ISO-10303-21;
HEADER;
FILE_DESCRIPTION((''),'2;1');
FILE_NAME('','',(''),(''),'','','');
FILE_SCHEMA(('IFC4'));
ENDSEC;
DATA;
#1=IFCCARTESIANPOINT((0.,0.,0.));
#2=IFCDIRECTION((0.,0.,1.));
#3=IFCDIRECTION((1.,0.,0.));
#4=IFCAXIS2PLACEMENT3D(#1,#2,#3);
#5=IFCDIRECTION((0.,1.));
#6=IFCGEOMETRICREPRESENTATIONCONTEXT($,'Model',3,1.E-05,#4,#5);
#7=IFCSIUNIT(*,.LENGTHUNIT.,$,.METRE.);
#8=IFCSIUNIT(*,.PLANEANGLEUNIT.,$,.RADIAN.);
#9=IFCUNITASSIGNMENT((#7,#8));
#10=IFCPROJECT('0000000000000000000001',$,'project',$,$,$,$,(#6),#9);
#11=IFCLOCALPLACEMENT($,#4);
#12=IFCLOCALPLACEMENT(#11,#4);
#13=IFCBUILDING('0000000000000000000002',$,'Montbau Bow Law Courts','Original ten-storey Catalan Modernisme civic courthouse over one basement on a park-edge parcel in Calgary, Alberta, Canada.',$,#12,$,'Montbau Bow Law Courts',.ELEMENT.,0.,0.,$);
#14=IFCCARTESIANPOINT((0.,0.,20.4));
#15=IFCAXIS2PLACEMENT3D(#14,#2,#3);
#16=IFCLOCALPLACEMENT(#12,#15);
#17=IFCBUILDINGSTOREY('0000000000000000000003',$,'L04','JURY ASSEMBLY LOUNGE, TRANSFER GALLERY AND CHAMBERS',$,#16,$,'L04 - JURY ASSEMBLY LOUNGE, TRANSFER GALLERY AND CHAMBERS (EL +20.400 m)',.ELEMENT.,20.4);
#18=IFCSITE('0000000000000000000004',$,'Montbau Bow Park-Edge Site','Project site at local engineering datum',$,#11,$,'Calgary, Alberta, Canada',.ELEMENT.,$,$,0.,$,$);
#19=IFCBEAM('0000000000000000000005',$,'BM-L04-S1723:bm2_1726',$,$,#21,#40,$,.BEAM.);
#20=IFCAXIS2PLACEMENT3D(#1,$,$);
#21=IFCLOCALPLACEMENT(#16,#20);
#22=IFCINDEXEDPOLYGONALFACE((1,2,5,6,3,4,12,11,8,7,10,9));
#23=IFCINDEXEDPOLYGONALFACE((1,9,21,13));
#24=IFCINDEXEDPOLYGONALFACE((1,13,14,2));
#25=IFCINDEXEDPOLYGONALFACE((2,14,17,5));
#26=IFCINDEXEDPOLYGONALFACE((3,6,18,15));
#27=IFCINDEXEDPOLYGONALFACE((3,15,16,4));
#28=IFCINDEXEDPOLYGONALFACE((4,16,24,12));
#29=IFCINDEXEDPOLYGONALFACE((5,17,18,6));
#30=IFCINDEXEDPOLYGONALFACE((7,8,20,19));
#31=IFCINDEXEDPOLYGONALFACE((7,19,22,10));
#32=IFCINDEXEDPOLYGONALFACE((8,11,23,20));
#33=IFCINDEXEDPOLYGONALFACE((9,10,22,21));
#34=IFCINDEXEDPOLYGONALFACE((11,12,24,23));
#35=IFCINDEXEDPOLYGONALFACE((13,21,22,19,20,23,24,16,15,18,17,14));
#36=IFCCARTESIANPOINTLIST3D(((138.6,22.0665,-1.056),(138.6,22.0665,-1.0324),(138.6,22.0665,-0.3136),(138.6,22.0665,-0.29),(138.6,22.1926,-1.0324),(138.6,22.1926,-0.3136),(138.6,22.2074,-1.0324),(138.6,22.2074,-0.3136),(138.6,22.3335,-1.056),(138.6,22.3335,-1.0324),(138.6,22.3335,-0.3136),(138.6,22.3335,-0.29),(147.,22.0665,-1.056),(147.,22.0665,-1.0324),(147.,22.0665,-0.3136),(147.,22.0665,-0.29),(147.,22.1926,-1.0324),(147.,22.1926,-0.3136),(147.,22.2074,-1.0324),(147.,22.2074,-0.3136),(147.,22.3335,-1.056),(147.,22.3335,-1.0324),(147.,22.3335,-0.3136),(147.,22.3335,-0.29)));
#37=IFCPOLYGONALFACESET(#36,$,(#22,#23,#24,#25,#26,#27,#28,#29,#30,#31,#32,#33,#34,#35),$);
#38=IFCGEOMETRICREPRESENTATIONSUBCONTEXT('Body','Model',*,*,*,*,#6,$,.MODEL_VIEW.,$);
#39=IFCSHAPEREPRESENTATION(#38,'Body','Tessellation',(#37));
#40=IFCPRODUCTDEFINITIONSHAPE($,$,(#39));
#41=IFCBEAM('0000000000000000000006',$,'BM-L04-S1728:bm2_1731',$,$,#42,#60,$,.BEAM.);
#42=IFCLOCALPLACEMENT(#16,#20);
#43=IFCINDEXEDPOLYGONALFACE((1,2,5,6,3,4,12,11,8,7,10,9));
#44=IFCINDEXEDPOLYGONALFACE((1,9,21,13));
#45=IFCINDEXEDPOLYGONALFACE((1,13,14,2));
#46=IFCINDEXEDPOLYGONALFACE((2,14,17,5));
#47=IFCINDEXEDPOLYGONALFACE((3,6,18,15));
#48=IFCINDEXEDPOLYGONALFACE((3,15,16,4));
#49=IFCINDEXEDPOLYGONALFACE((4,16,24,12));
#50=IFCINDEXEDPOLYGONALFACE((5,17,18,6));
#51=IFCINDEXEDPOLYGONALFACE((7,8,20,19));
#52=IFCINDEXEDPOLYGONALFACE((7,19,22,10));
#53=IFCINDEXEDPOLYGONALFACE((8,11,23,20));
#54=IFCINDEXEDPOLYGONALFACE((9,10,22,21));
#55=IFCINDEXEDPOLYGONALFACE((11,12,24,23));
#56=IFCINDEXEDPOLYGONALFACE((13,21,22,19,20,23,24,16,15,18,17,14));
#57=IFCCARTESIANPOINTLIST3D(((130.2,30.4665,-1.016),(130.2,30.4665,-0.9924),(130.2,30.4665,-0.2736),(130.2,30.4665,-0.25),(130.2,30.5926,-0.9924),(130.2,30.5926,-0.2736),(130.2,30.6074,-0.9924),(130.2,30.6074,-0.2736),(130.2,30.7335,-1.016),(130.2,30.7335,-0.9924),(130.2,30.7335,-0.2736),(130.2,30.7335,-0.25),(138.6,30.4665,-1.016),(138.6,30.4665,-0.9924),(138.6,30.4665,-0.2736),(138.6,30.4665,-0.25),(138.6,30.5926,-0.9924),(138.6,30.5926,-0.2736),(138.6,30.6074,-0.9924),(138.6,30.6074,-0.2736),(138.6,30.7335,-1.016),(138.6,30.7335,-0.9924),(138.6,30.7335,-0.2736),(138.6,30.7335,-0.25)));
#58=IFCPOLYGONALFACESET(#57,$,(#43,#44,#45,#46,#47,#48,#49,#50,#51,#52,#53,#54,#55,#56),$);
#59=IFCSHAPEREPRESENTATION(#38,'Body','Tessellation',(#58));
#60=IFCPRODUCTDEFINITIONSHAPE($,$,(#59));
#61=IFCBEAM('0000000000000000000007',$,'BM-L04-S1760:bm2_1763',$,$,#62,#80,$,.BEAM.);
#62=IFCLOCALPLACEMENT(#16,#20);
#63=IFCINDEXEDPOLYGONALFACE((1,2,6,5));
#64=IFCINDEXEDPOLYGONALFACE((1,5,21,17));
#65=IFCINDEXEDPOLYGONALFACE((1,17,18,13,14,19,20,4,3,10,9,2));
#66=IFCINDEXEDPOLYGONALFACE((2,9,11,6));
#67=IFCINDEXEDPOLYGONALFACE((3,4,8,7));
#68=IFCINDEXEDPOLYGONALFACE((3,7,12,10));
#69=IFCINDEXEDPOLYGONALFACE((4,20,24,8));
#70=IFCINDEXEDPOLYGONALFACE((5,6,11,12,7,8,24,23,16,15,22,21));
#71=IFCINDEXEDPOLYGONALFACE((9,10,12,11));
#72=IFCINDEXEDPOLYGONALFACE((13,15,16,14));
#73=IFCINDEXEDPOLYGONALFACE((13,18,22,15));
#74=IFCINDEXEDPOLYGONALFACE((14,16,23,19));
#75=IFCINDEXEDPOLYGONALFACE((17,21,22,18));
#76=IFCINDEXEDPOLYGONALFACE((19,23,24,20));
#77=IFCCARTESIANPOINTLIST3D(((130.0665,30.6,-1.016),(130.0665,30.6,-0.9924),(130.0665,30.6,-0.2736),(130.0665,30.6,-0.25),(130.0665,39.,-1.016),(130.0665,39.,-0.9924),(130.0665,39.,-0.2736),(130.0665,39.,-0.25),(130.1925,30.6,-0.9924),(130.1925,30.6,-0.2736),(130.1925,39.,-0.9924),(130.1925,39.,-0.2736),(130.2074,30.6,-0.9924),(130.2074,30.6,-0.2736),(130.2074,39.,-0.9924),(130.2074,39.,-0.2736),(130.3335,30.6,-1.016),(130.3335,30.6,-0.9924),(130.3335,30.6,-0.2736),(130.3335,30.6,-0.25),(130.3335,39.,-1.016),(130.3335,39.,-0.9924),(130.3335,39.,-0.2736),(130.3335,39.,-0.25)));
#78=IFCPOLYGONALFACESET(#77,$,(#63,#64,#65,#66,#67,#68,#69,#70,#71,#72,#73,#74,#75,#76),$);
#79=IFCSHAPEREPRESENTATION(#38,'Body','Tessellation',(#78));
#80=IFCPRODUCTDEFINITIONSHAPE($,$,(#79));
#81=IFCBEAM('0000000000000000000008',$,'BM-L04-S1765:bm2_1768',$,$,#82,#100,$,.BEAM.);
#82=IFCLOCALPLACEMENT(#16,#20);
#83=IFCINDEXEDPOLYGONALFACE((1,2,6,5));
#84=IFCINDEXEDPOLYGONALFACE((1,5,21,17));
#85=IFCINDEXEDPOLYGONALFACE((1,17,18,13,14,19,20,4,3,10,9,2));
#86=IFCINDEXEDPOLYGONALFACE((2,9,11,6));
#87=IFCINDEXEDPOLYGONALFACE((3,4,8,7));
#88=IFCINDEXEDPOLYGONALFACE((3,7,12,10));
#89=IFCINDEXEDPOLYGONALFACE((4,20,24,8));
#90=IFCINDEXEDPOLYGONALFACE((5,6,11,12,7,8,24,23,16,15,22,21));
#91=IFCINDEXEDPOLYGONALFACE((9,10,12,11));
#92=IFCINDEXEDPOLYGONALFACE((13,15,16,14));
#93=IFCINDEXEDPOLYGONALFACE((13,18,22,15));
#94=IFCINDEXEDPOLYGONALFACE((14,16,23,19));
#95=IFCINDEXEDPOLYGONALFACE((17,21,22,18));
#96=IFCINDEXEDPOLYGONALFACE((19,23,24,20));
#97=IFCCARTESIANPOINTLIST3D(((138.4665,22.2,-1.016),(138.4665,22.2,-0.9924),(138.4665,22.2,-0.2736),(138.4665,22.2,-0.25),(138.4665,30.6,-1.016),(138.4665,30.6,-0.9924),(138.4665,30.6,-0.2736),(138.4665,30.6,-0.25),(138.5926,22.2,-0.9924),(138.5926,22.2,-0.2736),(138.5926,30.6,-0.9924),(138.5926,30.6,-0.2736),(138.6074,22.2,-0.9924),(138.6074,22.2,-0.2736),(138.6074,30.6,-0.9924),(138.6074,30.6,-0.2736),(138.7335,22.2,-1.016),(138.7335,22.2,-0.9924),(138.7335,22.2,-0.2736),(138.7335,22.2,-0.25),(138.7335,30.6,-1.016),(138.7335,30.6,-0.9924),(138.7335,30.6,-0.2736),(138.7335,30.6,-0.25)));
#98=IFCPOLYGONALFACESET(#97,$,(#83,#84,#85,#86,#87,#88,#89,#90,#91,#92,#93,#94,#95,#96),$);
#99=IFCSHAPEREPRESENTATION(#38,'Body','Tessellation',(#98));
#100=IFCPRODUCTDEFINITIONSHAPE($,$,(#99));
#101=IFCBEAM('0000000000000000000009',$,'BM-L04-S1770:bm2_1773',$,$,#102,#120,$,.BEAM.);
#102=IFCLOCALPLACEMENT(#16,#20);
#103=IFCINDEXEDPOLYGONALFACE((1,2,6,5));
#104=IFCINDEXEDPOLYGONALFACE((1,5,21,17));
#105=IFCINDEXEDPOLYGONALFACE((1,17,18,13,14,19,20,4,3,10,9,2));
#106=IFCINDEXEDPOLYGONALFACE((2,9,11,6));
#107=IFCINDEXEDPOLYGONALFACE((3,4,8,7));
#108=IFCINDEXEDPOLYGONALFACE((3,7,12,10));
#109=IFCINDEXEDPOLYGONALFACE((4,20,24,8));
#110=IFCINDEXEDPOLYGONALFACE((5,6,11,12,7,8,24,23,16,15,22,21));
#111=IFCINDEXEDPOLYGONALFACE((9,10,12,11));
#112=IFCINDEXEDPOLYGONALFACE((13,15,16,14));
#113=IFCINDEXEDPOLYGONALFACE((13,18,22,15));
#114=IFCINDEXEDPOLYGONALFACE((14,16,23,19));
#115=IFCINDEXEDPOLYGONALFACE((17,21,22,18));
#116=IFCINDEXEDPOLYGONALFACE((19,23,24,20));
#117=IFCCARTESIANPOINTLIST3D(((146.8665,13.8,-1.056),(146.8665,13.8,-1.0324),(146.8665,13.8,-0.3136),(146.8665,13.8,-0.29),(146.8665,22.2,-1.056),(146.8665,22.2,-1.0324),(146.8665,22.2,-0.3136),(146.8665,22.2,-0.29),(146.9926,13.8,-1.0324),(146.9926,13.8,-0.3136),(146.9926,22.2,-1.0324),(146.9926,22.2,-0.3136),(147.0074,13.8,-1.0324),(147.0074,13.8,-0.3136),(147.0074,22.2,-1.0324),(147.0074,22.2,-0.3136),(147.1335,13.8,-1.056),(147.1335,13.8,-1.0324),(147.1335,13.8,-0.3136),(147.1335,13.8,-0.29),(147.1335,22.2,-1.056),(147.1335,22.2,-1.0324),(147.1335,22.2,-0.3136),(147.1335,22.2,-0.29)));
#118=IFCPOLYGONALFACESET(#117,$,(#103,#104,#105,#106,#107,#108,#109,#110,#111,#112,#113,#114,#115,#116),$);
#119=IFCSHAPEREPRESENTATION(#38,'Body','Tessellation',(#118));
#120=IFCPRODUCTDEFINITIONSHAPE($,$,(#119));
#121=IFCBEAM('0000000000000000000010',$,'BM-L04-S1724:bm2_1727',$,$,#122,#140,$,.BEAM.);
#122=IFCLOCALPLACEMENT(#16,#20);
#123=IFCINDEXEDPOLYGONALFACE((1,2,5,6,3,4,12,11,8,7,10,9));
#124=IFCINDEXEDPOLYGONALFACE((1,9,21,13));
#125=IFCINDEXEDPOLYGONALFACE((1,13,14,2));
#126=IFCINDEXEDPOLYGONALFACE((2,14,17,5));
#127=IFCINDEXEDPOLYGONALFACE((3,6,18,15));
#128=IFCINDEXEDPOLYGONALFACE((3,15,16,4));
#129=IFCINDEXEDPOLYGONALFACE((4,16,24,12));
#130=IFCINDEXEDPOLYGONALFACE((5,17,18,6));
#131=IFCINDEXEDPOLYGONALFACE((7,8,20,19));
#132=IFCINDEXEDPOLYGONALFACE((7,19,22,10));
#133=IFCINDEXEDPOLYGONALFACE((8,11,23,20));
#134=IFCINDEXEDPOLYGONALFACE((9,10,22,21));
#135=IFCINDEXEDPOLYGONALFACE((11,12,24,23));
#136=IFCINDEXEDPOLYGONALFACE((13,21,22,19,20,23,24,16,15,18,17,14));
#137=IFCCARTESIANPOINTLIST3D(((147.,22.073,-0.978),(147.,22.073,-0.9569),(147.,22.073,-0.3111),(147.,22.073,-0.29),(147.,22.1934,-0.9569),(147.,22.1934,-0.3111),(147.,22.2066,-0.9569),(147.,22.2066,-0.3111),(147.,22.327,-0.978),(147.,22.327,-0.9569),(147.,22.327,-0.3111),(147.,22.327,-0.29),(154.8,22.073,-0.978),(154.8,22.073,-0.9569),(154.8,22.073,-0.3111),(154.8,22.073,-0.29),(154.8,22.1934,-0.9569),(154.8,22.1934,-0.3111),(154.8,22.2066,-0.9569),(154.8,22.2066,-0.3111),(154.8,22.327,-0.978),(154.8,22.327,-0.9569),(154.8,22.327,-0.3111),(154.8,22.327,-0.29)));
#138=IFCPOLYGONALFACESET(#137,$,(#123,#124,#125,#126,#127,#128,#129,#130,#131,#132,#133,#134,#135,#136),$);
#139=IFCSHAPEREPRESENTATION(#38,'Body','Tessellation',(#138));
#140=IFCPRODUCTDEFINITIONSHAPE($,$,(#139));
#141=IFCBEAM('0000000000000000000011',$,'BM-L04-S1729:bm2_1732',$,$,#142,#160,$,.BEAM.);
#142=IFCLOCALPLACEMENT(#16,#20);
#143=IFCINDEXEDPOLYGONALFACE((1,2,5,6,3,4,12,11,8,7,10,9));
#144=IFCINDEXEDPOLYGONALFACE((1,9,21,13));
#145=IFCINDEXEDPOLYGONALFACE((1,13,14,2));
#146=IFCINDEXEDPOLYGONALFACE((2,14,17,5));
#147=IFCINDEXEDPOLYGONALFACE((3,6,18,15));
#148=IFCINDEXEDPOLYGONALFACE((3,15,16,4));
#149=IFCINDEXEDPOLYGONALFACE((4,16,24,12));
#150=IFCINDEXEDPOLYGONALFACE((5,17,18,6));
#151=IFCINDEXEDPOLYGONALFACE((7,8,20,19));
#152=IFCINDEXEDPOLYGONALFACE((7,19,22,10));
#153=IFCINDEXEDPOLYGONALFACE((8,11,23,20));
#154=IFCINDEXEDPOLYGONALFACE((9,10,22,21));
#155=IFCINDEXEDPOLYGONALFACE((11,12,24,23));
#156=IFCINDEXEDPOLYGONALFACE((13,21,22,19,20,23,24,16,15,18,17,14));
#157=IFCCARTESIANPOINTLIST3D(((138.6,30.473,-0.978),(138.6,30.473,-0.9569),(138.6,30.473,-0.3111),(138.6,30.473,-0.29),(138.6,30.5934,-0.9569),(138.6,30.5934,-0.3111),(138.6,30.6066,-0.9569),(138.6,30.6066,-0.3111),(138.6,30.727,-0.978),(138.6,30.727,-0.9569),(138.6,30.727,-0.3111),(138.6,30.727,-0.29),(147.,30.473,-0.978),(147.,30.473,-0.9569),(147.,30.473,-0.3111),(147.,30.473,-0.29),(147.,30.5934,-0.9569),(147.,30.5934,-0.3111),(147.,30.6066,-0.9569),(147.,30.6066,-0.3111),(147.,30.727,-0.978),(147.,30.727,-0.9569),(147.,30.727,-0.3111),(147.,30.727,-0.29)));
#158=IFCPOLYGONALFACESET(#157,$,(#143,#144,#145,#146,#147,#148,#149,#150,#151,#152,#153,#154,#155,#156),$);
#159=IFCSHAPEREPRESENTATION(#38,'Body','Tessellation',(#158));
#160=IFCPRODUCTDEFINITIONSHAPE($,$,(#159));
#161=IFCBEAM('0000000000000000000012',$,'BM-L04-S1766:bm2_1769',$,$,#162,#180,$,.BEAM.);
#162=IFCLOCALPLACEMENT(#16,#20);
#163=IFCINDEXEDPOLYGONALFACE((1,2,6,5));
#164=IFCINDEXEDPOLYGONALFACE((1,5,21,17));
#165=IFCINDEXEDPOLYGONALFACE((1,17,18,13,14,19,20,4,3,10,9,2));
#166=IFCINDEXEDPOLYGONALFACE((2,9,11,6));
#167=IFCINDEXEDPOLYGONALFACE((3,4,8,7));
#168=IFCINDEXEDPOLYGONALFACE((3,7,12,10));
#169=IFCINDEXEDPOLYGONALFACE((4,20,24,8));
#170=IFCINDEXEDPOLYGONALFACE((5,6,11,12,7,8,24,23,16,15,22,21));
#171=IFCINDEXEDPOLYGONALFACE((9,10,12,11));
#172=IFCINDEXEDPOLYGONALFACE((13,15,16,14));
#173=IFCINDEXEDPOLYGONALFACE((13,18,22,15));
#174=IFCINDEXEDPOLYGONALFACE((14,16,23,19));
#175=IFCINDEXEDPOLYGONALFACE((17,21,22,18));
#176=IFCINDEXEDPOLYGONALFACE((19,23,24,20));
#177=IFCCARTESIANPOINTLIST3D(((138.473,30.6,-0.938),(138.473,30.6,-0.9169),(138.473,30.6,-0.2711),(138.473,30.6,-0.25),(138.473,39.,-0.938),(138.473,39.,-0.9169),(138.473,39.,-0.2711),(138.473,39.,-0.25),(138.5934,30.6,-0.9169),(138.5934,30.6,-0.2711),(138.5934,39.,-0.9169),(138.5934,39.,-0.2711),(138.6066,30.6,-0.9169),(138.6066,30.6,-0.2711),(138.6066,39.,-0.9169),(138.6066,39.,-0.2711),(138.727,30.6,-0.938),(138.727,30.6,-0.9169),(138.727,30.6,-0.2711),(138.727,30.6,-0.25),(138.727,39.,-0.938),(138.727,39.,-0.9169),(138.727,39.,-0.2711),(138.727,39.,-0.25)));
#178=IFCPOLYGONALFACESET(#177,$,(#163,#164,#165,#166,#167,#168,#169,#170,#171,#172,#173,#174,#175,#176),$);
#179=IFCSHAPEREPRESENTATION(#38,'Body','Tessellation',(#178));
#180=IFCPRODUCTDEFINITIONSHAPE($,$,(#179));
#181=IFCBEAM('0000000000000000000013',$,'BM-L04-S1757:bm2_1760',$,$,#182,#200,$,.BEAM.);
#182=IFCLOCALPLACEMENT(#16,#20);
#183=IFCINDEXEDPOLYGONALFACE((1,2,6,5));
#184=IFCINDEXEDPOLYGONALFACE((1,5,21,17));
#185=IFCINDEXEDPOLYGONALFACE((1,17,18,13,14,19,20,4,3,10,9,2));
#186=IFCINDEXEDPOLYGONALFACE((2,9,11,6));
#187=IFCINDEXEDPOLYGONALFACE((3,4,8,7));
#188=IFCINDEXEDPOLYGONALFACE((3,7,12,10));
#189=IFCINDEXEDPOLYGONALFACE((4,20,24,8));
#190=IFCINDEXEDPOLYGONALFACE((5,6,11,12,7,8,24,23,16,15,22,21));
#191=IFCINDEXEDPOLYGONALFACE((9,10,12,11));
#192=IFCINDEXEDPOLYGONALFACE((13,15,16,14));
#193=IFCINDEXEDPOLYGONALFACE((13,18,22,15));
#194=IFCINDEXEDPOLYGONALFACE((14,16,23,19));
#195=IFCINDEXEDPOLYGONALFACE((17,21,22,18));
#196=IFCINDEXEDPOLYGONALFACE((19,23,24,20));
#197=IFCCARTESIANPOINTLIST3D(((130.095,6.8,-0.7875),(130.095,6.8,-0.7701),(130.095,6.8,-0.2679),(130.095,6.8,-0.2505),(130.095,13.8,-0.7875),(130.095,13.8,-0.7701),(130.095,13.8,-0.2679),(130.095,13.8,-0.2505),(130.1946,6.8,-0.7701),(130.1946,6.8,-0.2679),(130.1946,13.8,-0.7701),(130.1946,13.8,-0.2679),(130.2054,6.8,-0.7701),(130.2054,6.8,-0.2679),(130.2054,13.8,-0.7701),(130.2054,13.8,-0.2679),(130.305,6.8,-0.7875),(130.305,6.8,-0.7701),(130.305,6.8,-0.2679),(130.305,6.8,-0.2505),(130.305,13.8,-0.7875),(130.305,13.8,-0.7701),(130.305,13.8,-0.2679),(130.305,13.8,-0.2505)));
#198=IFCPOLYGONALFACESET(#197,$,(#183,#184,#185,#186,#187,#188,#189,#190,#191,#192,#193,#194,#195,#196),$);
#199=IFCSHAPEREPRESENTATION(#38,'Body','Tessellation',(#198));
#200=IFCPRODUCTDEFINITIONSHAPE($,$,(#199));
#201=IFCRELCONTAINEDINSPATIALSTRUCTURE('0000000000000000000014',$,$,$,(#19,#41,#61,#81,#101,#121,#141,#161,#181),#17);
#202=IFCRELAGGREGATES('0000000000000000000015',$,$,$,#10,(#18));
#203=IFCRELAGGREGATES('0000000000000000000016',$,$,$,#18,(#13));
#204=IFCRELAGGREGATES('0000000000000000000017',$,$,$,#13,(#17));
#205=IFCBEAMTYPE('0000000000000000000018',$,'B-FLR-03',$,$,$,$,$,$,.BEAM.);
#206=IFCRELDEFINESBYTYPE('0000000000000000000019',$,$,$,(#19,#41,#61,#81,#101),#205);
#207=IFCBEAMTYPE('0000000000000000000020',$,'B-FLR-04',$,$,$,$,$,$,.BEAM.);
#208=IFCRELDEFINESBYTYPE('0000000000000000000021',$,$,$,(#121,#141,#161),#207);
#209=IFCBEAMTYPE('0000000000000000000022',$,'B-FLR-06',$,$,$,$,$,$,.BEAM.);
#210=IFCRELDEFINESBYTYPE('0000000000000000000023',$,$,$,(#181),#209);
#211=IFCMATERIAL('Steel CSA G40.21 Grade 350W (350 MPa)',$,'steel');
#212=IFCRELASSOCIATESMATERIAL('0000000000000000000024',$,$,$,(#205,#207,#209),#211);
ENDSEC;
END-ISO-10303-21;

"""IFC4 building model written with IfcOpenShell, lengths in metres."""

from ifc_helpers import new_model, si_unit, direction, frame, origin_with_axes, origin_2d_with_axis, place, context, subcontext, project, spatial, i_section, extrude, material, material_profile, profile_set, type_object, element, save


model = new_model("IFC4")

# Units and contexts
model_context = context("Model", 3, precision=1e-05, world=origin_with_axes(), true_north=direction((0.0, 1.0)))
body_context = subcontext(model_context, "Body", "Model", "MODEL_VIEW")
ifc_project = project(units=[si_unit("LENGTHUNIT", "METRE"), si_unit("PLANEANGLEUNIT", "RADIAN")], contexts=[model_context])

# Site, building, storey
site_placement = place(None, origin_with_axes())
site = spatial("IfcSite", under=ifc_project, at=site_placement, Name="Montbau Bow Park-Edge Site", Description="Project site at local engineering datum", LongName="Calgary, Alberta, Canada", CompositionType="ELEMENT", RefElevation=0.0)
building_placement = place(site_placement, origin_with_axes())
building = spatial("IfcBuilding", under=site, at=building_placement, Name="Montbau Bow Law Courts", Description="Original ten-storey Catalan Modernisme civic courthouse over one basement on a park-edge parcel in Calgary, Alberta, Canada.", LongName="Montbau Bow Law Courts", CompositionType="ELEMENT", ElevationOfRefHeight=0.0, ElevationOfTerrain=0.0)
storey_placement = place(building_placement, frame((0.0, 0.0, 20.4), z_axis=(0.0, 0.0, 1.0), x_axis=(1.0, 0.0, 0.0)))
storey = spatial("IfcBuildingStorey", under=building, at=storey_placement, Name="L04", Description="JURY ASSEMBLY LOUNGE, TRANSFER GALLERY AND CHAMBERS", LongName="L04 - JURY ASSEMBLY LOUNGE, TRANSFER GALLERY AND CHAMBERS (EL +20.400 m)", CompositionType="ELEMENT", Elevation=20.4)

# Beams
ifc_material_1 = material(Name="Steel CSA G40.21 Grade 350W (350 MPa)", Category="steel")
ifc_material_profile_1 = material_profile(ifc_material_1, i_section(OverallWidth=0.267, OverallDepth=0.766, WebThickness=0.0149, FlangeThickness=0.0236, at=origin_2d_with_axis()), Name="W760X185", Category="Main", Priority=0)
ifc_profile_set_1 = profile_set([ifc_material_profile_1], Name="Steel CSA G40.21 Grade 350W (350 MPa)")
beam_type_1 = type_object("IfcBeamType", Name="B-FLR-03", PredefinedType="BEAM", material=ifc_profile_set_1)
for number, where, z_axis, x_axis, name in (
    (1, (138.6, 22.2, 19.727), (1.0, 0.0, 0.0), (0.0, 1.0, 0.0), "BM-L04-S1723:bm2_1726"),
    (2, (130.2, 30.6, 19.767), (1.0, 0.0, 0.0), (0.0, 1.0, 0.0), "BM-L04-S1728:bm2_1731"),
    (3, (130.2, 30.6, 19.767), (0.0, 1.0, 0.0), (-1.0, 0.0, 0.0), "BM-L04-S1760:bm2_1763"),
    (4, (138.6, 22.2, 19.767), (0.0, 1.0, 0.0), (-1.0, 0.0, 0.0), "BM-L04-S1765:bm2_1768"),
    (5, (147.0, 13.8, 19.727), (0.0, 1.0, 0.0), (-1.0, 0.0, 0.0), "BM-L04-S1770:bm2_1773"),
):
    element("IfcBeam", number, at=place(None, frame(where, z_axis=z_axis, x_axis=x_axis)), inside=storey, type_object=beam_type_1, Name=name, PredefinedType="BEAM", context=body_context, shape_type="SweptSolid", body=[
        extrude(i_section(OverallWidth=0.267, OverallDepth=0.766, WebThickness=0.0149, FlangeThickness=0.0236, at=origin_2d_with_axis()), origin_with_axes(), (0.0, 0.0, 1.0), 8.4),
    ])
ifc_material_profile_2 = material_profile(ifc_material_1, i_section(OverallWidth=0.254, OverallDepth=0.688, WebThickness=0.0131, FlangeThickness=0.0211, at=origin_2d_with_axis()), Name="W690X152", Category="Main", Priority=0)
ifc_profile_set_2 = profile_set([ifc_material_profile_2], Name="Steel CSA G40.21 Grade 350W (350 MPa)")
beam_type_2 = type_object("IfcBeamType", Name="B-FLR-04", PredefinedType="BEAM", material=ifc_profile_set_2)
beam_1_placement = place(None, frame((147.0, 22.2, 19.766), z_axis=(1.0, 0.0, 0.0), x_axis=(0.0, 1.0, 0.0)))
element("IfcBeam", 6, at=beam_1_placement, inside=storey, type_object=beam_type_2, Name="BM-L04-S1724:bm2_1727", PredefinedType="BEAM", context=body_context, shape_type="SweptSolid", body=[
    extrude(i_section(OverallWidth=0.254, OverallDepth=0.688, WebThickness=0.0131, FlangeThickness=0.0211, at=origin_2d_with_axis()), origin_with_axes(), (0.0, 0.0, 1.0), 7.8),
])
for number, where, z_axis, x_axis, name in (
    (7, (138.6, 30.6, 19.766), (1.0, 0.0, 0.0), (0.0, 1.0, 0.0), "BM-L04-S1729:bm2_1732"),
    (8, (138.6, 30.6, 19.806), (0.0, 1.0, 0.0), (-1.0, 0.0, 0.0), "BM-L04-S1766:bm2_1769"),
):
    element("IfcBeam", number, at=place(None, frame(where, z_axis=z_axis, x_axis=x_axis)), inside=storey, type_object=beam_type_2, Name=name, PredefinedType="BEAM", context=body_context, shape_type="SweptSolid", body=[
        extrude(i_section(OverallWidth=0.254, OverallDepth=0.688, WebThickness=0.0131, FlangeThickness=0.0211, at=origin_2d_with_axis()), origin_with_axes(), (0.0, 0.0, 1.0), 8.4),
    ])
ifc_material_profile_3 = material_profile(ifc_material_1, i_section(OverallWidth=0.21, OverallDepth=0.537, WebThickness=0.0109, FlangeThickness=0.0174, at=origin_2d_with_axis()), Name="W530X101", Category="Main", Priority=0)
ifc_profile_set_3 = profile_set([ifc_material_profile_3], Name="Steel CSA G40.21 Grade 350W (350 MPa)")
beam_type_3 = type_object("IfcBeamType", Name="B-FLR-06", PredefinedType="BEAM", material=ifc_profile_set_3)
beam_2_placement = place(None, frame((130.2, 6.8, 19.881), z_axis=(0.0, 1.0, 0.0), x_axis=(-1.0, 0.0, 0.0)))
element("IfcBeam", 9, at=beam_2_placement, inside=storey, type_object=beam_type_3, Name="BM-L04-S1757:bm2_1760", PredefinedType="BEAM", context=body_context, shape_type="SweptSolid", body=[
    extrude(i_section(OverallWidth=0.21, OverallDepth=0.537, WebThickness=0.0109, FlangeThickness=0.0174, at=origin_2d_with_axis()), origin_with_axes(), (0.0, 0.0, 1.0), 7.0),
])

save(model, "model.ifc")
